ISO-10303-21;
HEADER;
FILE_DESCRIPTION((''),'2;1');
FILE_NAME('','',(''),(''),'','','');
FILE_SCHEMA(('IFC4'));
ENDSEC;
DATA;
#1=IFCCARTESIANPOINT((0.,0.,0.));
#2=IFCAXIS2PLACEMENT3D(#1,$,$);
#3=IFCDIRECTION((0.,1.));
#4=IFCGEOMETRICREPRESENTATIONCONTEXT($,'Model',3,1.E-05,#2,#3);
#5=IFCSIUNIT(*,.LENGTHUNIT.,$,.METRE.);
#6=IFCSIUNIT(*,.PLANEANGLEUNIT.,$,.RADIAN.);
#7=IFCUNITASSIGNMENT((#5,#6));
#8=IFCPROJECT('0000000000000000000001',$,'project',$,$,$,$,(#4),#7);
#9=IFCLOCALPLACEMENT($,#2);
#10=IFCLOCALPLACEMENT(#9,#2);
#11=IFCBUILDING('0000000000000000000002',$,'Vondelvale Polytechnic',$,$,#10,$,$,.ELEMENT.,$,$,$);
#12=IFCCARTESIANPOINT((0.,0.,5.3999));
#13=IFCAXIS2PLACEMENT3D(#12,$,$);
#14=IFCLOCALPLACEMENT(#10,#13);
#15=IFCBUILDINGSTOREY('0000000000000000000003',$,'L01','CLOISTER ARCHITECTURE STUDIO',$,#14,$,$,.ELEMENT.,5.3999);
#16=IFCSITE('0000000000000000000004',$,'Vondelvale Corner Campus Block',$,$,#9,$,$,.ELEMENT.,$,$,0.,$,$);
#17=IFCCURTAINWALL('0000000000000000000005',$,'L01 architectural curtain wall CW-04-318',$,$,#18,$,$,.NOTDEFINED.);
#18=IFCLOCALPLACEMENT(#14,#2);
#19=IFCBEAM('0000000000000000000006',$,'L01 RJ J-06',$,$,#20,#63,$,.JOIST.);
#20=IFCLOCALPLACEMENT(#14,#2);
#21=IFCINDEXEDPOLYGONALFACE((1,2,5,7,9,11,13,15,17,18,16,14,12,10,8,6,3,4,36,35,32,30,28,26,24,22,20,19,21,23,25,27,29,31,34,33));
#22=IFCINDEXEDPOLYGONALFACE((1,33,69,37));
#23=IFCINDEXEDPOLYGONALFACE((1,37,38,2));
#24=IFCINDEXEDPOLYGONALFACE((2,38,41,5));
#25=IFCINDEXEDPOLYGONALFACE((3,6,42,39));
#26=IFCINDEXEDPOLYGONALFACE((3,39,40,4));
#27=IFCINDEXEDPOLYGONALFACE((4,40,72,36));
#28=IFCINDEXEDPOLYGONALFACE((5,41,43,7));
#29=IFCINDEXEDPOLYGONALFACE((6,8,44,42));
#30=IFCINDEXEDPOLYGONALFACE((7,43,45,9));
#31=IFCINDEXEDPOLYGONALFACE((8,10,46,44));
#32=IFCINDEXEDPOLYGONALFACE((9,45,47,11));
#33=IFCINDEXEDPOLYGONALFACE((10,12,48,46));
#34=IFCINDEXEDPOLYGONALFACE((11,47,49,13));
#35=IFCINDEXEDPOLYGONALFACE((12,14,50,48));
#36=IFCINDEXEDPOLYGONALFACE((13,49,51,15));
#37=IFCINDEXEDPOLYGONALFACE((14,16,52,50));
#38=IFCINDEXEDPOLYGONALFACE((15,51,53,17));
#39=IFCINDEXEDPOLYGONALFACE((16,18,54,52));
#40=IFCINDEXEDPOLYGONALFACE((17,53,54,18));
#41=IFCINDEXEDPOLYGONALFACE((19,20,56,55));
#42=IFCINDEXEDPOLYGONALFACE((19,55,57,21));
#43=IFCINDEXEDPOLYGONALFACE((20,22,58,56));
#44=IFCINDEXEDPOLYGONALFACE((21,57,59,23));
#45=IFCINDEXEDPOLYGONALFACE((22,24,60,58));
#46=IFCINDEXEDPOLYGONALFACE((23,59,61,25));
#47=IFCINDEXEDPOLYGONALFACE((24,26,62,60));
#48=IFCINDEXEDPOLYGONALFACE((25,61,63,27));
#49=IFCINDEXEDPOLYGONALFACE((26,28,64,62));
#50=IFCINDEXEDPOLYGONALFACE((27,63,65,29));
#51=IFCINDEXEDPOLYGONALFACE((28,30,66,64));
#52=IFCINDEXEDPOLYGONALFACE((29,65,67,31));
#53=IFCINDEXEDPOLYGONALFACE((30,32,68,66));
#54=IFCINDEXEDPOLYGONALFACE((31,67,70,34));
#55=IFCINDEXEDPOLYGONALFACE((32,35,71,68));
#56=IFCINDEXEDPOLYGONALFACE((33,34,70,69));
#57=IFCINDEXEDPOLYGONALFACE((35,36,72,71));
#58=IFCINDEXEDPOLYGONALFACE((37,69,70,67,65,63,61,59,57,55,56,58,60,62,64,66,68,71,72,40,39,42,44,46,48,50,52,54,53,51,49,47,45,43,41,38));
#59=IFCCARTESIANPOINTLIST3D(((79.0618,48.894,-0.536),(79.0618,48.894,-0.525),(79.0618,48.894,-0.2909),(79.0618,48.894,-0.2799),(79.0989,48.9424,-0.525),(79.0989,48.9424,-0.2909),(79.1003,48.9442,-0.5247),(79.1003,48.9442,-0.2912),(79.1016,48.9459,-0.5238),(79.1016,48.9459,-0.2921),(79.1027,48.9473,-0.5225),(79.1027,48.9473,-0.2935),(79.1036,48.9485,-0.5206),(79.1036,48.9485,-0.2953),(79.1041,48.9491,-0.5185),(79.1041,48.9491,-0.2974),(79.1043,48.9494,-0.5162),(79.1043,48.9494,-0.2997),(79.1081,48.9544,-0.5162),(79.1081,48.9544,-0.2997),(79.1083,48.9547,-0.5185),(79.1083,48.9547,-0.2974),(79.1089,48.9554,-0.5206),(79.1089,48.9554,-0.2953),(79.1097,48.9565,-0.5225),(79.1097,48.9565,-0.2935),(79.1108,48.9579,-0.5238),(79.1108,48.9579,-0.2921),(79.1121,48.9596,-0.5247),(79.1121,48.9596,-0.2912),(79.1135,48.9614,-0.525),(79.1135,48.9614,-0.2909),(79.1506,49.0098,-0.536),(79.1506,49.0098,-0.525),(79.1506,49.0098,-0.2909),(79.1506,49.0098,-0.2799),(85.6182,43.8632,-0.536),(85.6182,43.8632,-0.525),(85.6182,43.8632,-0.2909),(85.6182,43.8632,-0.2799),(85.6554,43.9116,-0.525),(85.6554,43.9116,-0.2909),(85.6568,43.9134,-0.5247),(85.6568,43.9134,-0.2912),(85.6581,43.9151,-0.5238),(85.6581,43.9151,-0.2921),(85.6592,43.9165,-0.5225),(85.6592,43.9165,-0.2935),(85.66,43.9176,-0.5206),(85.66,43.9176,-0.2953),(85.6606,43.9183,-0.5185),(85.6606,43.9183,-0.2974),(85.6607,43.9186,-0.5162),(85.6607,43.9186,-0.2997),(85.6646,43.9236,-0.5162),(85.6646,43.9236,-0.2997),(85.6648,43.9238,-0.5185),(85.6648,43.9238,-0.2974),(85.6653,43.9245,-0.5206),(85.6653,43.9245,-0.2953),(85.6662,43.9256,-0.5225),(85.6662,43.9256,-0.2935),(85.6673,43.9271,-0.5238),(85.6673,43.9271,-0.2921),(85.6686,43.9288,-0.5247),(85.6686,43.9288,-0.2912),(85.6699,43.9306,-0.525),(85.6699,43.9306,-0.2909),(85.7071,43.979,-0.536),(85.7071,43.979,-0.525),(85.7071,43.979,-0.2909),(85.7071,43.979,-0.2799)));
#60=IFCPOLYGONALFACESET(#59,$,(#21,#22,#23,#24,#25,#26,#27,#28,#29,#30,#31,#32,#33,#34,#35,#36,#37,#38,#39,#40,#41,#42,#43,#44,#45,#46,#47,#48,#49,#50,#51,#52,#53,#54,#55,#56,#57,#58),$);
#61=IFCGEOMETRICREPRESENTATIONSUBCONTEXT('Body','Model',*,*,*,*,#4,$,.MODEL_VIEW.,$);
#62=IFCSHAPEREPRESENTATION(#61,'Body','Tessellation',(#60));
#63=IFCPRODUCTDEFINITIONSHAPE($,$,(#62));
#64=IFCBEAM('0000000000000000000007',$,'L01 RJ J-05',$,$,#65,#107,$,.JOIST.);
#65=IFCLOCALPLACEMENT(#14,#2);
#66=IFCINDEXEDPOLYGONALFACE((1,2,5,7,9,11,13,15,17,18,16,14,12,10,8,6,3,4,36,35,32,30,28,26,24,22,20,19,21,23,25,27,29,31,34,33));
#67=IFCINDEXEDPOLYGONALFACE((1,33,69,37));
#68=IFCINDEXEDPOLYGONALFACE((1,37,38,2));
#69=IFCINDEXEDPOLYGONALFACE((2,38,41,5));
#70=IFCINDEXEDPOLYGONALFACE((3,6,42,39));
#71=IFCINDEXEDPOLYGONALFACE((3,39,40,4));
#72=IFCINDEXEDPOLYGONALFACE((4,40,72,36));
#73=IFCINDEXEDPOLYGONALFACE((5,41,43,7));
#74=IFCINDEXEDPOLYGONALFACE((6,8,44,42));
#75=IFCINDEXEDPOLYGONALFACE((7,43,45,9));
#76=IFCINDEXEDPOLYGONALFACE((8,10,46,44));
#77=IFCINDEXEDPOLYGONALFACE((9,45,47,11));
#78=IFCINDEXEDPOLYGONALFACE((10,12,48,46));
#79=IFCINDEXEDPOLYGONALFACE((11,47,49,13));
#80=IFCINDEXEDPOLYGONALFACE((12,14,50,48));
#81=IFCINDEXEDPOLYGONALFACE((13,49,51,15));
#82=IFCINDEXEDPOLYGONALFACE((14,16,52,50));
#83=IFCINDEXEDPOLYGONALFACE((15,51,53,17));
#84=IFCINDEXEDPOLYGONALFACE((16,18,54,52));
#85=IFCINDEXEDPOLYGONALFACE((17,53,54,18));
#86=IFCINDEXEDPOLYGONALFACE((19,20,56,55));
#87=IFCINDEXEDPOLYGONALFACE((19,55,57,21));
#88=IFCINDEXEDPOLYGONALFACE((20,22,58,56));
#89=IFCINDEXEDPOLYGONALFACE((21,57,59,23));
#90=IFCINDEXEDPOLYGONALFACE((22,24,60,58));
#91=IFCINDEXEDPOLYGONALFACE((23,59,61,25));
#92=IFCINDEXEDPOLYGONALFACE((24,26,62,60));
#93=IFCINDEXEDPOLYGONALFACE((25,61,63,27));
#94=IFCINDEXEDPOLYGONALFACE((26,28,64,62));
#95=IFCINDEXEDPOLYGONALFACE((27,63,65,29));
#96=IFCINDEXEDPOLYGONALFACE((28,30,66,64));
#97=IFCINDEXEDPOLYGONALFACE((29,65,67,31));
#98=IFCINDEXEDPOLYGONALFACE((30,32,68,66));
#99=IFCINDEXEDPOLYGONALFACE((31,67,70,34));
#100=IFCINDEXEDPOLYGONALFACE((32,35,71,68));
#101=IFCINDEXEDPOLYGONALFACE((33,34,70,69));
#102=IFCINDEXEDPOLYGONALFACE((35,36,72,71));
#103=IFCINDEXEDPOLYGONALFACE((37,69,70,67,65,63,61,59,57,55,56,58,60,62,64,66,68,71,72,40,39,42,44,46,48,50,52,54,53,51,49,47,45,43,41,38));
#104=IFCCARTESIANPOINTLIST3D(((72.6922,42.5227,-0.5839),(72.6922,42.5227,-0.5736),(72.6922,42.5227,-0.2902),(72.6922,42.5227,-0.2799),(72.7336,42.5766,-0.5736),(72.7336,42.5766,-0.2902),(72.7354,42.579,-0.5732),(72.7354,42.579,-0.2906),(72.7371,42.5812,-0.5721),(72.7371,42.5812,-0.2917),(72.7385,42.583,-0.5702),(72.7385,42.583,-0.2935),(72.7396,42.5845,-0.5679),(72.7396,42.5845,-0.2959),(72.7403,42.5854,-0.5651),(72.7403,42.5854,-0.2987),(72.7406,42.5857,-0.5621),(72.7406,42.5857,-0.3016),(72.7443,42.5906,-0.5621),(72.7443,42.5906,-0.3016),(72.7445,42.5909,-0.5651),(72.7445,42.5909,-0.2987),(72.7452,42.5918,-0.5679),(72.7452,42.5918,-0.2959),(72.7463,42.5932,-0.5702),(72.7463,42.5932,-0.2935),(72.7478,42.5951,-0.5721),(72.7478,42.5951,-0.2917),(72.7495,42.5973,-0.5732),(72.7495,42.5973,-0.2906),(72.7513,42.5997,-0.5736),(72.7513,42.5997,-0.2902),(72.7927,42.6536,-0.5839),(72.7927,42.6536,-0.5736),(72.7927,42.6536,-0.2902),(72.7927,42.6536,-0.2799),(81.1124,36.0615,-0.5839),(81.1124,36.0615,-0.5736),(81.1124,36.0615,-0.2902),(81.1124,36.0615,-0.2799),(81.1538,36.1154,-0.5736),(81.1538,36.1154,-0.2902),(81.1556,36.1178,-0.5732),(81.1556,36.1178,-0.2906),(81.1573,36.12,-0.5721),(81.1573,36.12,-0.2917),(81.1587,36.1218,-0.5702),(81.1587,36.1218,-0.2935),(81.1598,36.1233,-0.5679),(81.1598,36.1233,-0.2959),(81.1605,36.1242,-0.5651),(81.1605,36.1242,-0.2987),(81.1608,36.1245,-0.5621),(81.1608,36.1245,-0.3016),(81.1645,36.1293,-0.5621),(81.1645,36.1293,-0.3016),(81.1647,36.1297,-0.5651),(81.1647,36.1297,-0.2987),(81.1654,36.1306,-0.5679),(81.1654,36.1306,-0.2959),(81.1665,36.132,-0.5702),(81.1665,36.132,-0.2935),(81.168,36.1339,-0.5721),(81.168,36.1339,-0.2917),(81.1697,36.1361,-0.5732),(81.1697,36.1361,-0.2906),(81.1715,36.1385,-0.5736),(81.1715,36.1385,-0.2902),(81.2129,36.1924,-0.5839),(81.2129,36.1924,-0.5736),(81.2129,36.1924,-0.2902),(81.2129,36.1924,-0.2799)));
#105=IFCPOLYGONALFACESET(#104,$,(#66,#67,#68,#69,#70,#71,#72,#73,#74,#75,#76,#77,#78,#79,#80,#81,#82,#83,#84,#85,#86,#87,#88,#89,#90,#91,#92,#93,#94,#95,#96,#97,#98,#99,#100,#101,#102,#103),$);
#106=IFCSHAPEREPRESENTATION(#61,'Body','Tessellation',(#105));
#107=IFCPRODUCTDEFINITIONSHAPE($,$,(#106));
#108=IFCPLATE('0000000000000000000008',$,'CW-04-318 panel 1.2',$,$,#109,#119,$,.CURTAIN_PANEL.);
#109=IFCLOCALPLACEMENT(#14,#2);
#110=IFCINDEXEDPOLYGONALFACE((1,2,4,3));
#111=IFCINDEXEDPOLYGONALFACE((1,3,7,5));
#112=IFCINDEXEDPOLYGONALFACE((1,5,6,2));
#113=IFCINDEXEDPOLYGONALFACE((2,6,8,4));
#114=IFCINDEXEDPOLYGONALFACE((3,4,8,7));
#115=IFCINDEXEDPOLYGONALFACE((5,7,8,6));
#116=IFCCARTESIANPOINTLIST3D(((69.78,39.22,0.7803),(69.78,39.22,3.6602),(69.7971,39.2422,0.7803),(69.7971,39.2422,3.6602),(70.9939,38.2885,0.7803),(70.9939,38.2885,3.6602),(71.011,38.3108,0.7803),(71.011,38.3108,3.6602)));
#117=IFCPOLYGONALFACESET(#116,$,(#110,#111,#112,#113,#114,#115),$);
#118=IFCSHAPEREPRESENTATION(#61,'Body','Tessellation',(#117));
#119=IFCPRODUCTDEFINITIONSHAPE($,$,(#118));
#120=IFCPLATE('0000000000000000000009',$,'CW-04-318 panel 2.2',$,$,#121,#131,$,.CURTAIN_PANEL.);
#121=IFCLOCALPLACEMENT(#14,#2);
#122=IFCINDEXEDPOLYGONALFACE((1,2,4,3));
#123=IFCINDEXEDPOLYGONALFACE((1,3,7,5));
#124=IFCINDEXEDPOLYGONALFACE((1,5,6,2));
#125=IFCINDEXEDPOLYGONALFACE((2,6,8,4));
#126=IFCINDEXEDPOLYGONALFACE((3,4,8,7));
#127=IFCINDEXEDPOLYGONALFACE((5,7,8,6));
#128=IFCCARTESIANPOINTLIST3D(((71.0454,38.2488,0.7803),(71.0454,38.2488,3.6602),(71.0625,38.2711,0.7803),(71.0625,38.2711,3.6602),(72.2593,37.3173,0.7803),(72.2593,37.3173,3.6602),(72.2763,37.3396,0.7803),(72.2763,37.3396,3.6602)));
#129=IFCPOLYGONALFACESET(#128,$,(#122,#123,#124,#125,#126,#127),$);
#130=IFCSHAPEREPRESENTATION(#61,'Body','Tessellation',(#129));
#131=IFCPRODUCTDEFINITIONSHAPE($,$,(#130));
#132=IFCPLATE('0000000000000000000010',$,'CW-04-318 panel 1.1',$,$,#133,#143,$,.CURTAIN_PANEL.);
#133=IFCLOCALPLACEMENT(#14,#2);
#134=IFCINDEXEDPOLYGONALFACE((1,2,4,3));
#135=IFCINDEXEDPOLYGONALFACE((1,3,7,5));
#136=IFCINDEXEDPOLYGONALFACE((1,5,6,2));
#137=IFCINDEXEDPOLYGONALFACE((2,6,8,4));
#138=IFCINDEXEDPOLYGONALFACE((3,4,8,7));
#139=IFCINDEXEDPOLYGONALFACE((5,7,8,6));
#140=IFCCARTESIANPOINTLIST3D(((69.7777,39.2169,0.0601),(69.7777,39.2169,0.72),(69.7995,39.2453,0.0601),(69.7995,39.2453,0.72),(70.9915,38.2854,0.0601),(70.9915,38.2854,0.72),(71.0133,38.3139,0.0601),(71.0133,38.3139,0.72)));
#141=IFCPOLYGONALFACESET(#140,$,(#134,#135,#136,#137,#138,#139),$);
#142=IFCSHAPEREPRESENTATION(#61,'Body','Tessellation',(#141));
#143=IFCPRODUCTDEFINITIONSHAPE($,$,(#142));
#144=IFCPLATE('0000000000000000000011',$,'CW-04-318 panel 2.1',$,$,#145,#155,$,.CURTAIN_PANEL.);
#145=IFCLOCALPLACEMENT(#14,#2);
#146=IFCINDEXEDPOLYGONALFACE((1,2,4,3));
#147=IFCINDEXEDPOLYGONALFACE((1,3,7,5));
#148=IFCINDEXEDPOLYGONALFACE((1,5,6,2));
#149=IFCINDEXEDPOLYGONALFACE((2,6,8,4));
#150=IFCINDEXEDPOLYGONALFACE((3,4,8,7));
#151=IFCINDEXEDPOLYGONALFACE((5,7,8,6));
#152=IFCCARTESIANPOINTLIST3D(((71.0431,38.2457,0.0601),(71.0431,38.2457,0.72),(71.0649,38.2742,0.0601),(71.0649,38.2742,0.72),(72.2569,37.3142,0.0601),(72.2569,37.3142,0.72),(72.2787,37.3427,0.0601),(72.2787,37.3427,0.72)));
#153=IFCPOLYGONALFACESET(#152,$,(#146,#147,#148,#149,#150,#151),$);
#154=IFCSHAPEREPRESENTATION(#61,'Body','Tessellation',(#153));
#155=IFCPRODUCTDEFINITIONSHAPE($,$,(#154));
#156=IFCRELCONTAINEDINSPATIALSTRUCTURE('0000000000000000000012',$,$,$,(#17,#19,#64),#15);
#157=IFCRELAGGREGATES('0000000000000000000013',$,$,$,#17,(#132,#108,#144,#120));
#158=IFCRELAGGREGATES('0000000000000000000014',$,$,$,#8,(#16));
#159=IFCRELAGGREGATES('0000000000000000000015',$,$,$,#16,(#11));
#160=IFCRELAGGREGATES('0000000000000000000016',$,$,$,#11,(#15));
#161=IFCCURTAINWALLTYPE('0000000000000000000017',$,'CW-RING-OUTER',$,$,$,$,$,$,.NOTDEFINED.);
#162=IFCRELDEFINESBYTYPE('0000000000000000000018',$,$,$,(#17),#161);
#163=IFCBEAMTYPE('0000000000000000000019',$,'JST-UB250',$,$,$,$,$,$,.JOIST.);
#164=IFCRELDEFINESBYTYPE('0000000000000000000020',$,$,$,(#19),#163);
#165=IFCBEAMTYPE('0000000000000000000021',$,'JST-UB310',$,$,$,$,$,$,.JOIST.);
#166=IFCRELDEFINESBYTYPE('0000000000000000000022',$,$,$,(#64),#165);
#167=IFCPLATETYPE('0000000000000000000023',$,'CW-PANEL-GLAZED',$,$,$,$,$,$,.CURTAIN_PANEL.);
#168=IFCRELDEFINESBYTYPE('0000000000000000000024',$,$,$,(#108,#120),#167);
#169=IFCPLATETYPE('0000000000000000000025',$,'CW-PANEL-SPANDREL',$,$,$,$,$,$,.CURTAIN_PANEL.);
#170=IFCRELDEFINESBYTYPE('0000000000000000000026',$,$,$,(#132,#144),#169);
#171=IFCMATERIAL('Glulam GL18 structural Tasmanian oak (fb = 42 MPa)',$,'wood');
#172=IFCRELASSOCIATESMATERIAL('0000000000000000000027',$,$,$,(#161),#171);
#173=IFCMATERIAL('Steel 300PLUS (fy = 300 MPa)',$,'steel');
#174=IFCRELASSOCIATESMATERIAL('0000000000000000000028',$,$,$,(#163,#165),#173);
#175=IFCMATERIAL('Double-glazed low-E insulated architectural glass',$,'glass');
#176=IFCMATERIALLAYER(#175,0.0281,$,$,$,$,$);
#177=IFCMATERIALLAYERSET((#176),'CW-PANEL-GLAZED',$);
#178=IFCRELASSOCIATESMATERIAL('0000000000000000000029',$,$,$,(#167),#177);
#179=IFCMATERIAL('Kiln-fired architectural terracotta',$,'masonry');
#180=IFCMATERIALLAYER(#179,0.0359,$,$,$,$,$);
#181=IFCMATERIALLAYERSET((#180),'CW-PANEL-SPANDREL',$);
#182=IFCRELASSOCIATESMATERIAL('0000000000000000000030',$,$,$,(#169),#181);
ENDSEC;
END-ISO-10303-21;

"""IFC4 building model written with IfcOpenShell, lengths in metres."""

from ifc_helpers import new_model, si_unit, direction, frame, origin, origin_2d, place, context, subcontext, project, spatial, rectangle, i_section, extrude, material, layer, layer_set, material_profile, profile_set, type_object, element, aggregate, save


model = new_model("IFC4")

# Units and contexts
model_context = context("Model", 3, precision=1e-05, world=origin(), true_north=direction((0.0, 1.0)))
body_context = subcontext(model_context, "Body", "Model", "MODEL_VIEW")
ifc_project = project(units=[si_unit("LENGTHUNIT", "METRE"), si_unit("PLANEANGLEUNIT", "RADIAN")], contexts=[model_context])

# Site, building, storey
site_placement = place(None, origin())
site = spatial("IfcSite", under=ifc_project, at=site_placement, Name="Vondelvale Corner Campus Block", CompositionType="ELEMENT", RefElevation=0.0)
building_placement = place(site_placement, origin())
building = spatial("IfcBuilding", under=site, at=building_placement, Name="Vondelvale Polytechnic", CompositionType="ELEMENT")
storey_placement = place(building_placement, frame((0.0, 0.0, 5.3999)))
storey = spatial("IfcBuildingStorey", under=building, at=storey_placement, Name="L01", Description="CLOISTER ARCHITECTURE STUDIO", CompositionType="ELEMENT", Elevation=5.3999)

# Shared definitions
ifc_material_1 = material(Name="Glulam GL18 structural Tasmanian oak (fb = 42 MPa)", Category="wood")
ifc_material_2 = material(Name="Steel 300PLUS (fy = 300 MPa)", Category="steel")

# Curtain wall
curtain_wall_type = type_object("IfcCurtainWallType", Name="CW-RING-OUTER", PredefinedType="NOTDEFINED", material=ifc_material_1)
curtain_wall_1_placement = place(storey_placement, origin())
curtain_wall_1 = element("IfcCurtainWall", 1, at=curtain_wall_1_placement, inside=storey, type_object=curtain_wall_type, Name="L01 architectural curtain wall CW-04-318", PredefinedType="NOTDEFINED")

# Beams
ifc_material_profile_1 = material_profile(ifc_material_2, i_section(OverallWidth=0.146, OverallDepth=0.2561, WebThickness=0.0063, FlangeThickness=0.011, FilletRadius=0.0088, at=origin_2d()), Name="250UB37.3")
ifc_profile_set_1 = profile_set([ifc_material_profile_1], Name="Steel 300PLUS (fy = 300 MPa)")
beam_type_1 = type_object("IfcBeamType", Name="JST-UB250", PredefinedType="JOIST", material=ifc_profile_set_1)
beam_1_placement = place(storey_placement, frame((79.1062, 48.9519, -0.408), z_axis=(0.793361, -0.608751, 0.0), x_axis=(0.608751, 0.793361, 0.0)))
element("IfcBeam", 2, at=beam_1_placement, inside=storey, type_object=beam_type_1, Name="L01 RJ J-06", PredefinedType="JOIST", context=body_context, shape_type="SweptSolid", body=[
    extrude(i_section(OverallWidth=0.146, OverallDepth=0.2561, WebThickness=0.0063, FlangeThickness=0.011, FilletRadius=0.0088, at=origin_2d()), origin(), (0.0, 0.0, 1.0), 8.2642),
])
ifc_material_profile_2 = material_profile(ifc_material_2, i_section(OverallWidth=0.165, OverallDepth=0.304, WebThickness=0.0061, FlangeThickness=0.0103, FilletRadius=0.0115, at=origin_2d()), Name="310UB40.4")
ifc_profile_set_2 = profile_set([ifc_material_profile_2], Name="Steel 300PLUS (fy = 300 MPa)")
beam_type_2 = type_object("IfcBeamType", Name="JST-UB310", PredefinedType="JOIST", material=ifc_profile_set_2)
beam_2_placement = place(storey_placement, frame((72.7424, 42.5881, -0.4319), z_axis=(0.793346, -0.608771, 0.0), x_axis=(0.608771, 0.793346, 0.0)))
element("IfcBeam", 3, at=beam_2_placement, inside=storey, type_object=beam_type_2, Name="L01 RJ J-05", PredefinedType="JOIST", context=body_context, shape_type="SweptSolid", body=[
    extrude(i_section(OverallWidth=0.165, OverallDepth=0.304, WebThickness=0.0061, FlangeThickness=0.0103, FilletRadius=0.0115, at=origin_2d()), origin(), (0.0, 0.0, 1.0), 10.6135),
])

# Plates
ifc_material_3 = material(Name="Double-glazed low-E insulated architectural glass", Category="glass")
ifc_layer_1 = layer(ifc_material_3, 0.0281)
ifc_layer_set_1 = layer_set([ifc_layer_1], Name="CW-PANEL-GLAZED")
plate_type_1 = type_object("IfcPlateType", Name="CW-PANEL-GLAZED", PredefinedType="CURTAIN_PANEL", material=ifc_layer_set_1)
plate_1_placement = place(storey_placement, frame((70.3955, 38.7654, 0.7803), z_axis=(0.0, 0.0, 1.0), x_axis=(0.793334, -0.608787, 0.0)))
plate_1 = element("IfcPlate", 4, at=plate_1_placement, type_object=plate_type_1, Name="CW-04-318 panel 1.2", PredefinedType="CURTAIN_PANEL", context=body_context, shape_type="SweptSolid", body=[
    extrude(rectangle(XDim=1.53, YDim=0.0281, at=origin_2d()), origin(), (0.0, 0.0, 1.0), 2.8799),
])
plate_2_placement = place(storey_placement, frame((71.6609, 37.7942, 0.7803), z_axis=(0.0, 0.0, 1.0), x_axis=(0.793334, -0.608787, 0.0)))
plate_2 = element("IfcPlate", 5, at=plate_2_placement, type_object=plate_type_1, Name="CW-04-318 panel 2.2", PredefinedType="CURTAIN_PANEL", context=body_context, shape_type="SweptSolid", body=[
    extrude(rectangle(XDim=1.53, YDim=0.0281, at=origin_2d()), origin(), (0.0, 0.0, 1.0), 2.8799),
])
ifc_material_4 = material(Name="Kiln-fired architectural terracotta", Category="masonry")
ifc_layer_2 = layer(ifc_material_4, 0.0359)
ifc_layer_set_2 = layer_set([ifc_layer_2], Name="CW-PANEL-SPANDREL")
plate_type_2 = type_object("IfcPlateType", Name="CW-PANEL-SPANDREL", PredefinedType="CURTAIN_PANEL", material=ifc_layer_set_2)
plate_3_placement = place(storey_placement, frame((70.3955, 38.7654, 0.0601), z_axis=(0.0, 0.0, 1.0), x_axis=(0.793334, -0.608787, 0.0)))
plate_3 = element("IfcPlate", 6, at=plate_3_placement, type_object=plate_type_2, Name="CW-04-318 panel 1.1", PredefinedType="CURTAIN_PANEL", context=body_context, shape_type="SweptSolid", body=[
    extrude(rectangle(XDim=1.53, YDim=0.0359, at=origin_2d()), origin(), (0.0, 0.0, 1.0), 0.6599),
])
plate_4_placement = place(storey_placement, frame((71.6609, 37.7942, 0.0601), z_axis=(0.0, 0.0, 1.0), x_axis=(0.793334, -0.608787, 0.0)))
plate_4 = element("IfcPlate", 7, at=plate_4_placement, type_object=plate_type_2, Name="CW-04-318 panel 2.1", PredefinedType="CURTAIN_PANEL", context=body_context, shape_type="SweptSolid", body=[
    extrude(rectangle(XDim=1.53, YDim=0.0359, at=origin_2d()), origin(), (0.0, 0.0, 1.0), 0.6599),
])
aggregate(curtain_wall_1, [plate_3, plate_1, plate_4, plate_2])

save(model, "model.ifc")
